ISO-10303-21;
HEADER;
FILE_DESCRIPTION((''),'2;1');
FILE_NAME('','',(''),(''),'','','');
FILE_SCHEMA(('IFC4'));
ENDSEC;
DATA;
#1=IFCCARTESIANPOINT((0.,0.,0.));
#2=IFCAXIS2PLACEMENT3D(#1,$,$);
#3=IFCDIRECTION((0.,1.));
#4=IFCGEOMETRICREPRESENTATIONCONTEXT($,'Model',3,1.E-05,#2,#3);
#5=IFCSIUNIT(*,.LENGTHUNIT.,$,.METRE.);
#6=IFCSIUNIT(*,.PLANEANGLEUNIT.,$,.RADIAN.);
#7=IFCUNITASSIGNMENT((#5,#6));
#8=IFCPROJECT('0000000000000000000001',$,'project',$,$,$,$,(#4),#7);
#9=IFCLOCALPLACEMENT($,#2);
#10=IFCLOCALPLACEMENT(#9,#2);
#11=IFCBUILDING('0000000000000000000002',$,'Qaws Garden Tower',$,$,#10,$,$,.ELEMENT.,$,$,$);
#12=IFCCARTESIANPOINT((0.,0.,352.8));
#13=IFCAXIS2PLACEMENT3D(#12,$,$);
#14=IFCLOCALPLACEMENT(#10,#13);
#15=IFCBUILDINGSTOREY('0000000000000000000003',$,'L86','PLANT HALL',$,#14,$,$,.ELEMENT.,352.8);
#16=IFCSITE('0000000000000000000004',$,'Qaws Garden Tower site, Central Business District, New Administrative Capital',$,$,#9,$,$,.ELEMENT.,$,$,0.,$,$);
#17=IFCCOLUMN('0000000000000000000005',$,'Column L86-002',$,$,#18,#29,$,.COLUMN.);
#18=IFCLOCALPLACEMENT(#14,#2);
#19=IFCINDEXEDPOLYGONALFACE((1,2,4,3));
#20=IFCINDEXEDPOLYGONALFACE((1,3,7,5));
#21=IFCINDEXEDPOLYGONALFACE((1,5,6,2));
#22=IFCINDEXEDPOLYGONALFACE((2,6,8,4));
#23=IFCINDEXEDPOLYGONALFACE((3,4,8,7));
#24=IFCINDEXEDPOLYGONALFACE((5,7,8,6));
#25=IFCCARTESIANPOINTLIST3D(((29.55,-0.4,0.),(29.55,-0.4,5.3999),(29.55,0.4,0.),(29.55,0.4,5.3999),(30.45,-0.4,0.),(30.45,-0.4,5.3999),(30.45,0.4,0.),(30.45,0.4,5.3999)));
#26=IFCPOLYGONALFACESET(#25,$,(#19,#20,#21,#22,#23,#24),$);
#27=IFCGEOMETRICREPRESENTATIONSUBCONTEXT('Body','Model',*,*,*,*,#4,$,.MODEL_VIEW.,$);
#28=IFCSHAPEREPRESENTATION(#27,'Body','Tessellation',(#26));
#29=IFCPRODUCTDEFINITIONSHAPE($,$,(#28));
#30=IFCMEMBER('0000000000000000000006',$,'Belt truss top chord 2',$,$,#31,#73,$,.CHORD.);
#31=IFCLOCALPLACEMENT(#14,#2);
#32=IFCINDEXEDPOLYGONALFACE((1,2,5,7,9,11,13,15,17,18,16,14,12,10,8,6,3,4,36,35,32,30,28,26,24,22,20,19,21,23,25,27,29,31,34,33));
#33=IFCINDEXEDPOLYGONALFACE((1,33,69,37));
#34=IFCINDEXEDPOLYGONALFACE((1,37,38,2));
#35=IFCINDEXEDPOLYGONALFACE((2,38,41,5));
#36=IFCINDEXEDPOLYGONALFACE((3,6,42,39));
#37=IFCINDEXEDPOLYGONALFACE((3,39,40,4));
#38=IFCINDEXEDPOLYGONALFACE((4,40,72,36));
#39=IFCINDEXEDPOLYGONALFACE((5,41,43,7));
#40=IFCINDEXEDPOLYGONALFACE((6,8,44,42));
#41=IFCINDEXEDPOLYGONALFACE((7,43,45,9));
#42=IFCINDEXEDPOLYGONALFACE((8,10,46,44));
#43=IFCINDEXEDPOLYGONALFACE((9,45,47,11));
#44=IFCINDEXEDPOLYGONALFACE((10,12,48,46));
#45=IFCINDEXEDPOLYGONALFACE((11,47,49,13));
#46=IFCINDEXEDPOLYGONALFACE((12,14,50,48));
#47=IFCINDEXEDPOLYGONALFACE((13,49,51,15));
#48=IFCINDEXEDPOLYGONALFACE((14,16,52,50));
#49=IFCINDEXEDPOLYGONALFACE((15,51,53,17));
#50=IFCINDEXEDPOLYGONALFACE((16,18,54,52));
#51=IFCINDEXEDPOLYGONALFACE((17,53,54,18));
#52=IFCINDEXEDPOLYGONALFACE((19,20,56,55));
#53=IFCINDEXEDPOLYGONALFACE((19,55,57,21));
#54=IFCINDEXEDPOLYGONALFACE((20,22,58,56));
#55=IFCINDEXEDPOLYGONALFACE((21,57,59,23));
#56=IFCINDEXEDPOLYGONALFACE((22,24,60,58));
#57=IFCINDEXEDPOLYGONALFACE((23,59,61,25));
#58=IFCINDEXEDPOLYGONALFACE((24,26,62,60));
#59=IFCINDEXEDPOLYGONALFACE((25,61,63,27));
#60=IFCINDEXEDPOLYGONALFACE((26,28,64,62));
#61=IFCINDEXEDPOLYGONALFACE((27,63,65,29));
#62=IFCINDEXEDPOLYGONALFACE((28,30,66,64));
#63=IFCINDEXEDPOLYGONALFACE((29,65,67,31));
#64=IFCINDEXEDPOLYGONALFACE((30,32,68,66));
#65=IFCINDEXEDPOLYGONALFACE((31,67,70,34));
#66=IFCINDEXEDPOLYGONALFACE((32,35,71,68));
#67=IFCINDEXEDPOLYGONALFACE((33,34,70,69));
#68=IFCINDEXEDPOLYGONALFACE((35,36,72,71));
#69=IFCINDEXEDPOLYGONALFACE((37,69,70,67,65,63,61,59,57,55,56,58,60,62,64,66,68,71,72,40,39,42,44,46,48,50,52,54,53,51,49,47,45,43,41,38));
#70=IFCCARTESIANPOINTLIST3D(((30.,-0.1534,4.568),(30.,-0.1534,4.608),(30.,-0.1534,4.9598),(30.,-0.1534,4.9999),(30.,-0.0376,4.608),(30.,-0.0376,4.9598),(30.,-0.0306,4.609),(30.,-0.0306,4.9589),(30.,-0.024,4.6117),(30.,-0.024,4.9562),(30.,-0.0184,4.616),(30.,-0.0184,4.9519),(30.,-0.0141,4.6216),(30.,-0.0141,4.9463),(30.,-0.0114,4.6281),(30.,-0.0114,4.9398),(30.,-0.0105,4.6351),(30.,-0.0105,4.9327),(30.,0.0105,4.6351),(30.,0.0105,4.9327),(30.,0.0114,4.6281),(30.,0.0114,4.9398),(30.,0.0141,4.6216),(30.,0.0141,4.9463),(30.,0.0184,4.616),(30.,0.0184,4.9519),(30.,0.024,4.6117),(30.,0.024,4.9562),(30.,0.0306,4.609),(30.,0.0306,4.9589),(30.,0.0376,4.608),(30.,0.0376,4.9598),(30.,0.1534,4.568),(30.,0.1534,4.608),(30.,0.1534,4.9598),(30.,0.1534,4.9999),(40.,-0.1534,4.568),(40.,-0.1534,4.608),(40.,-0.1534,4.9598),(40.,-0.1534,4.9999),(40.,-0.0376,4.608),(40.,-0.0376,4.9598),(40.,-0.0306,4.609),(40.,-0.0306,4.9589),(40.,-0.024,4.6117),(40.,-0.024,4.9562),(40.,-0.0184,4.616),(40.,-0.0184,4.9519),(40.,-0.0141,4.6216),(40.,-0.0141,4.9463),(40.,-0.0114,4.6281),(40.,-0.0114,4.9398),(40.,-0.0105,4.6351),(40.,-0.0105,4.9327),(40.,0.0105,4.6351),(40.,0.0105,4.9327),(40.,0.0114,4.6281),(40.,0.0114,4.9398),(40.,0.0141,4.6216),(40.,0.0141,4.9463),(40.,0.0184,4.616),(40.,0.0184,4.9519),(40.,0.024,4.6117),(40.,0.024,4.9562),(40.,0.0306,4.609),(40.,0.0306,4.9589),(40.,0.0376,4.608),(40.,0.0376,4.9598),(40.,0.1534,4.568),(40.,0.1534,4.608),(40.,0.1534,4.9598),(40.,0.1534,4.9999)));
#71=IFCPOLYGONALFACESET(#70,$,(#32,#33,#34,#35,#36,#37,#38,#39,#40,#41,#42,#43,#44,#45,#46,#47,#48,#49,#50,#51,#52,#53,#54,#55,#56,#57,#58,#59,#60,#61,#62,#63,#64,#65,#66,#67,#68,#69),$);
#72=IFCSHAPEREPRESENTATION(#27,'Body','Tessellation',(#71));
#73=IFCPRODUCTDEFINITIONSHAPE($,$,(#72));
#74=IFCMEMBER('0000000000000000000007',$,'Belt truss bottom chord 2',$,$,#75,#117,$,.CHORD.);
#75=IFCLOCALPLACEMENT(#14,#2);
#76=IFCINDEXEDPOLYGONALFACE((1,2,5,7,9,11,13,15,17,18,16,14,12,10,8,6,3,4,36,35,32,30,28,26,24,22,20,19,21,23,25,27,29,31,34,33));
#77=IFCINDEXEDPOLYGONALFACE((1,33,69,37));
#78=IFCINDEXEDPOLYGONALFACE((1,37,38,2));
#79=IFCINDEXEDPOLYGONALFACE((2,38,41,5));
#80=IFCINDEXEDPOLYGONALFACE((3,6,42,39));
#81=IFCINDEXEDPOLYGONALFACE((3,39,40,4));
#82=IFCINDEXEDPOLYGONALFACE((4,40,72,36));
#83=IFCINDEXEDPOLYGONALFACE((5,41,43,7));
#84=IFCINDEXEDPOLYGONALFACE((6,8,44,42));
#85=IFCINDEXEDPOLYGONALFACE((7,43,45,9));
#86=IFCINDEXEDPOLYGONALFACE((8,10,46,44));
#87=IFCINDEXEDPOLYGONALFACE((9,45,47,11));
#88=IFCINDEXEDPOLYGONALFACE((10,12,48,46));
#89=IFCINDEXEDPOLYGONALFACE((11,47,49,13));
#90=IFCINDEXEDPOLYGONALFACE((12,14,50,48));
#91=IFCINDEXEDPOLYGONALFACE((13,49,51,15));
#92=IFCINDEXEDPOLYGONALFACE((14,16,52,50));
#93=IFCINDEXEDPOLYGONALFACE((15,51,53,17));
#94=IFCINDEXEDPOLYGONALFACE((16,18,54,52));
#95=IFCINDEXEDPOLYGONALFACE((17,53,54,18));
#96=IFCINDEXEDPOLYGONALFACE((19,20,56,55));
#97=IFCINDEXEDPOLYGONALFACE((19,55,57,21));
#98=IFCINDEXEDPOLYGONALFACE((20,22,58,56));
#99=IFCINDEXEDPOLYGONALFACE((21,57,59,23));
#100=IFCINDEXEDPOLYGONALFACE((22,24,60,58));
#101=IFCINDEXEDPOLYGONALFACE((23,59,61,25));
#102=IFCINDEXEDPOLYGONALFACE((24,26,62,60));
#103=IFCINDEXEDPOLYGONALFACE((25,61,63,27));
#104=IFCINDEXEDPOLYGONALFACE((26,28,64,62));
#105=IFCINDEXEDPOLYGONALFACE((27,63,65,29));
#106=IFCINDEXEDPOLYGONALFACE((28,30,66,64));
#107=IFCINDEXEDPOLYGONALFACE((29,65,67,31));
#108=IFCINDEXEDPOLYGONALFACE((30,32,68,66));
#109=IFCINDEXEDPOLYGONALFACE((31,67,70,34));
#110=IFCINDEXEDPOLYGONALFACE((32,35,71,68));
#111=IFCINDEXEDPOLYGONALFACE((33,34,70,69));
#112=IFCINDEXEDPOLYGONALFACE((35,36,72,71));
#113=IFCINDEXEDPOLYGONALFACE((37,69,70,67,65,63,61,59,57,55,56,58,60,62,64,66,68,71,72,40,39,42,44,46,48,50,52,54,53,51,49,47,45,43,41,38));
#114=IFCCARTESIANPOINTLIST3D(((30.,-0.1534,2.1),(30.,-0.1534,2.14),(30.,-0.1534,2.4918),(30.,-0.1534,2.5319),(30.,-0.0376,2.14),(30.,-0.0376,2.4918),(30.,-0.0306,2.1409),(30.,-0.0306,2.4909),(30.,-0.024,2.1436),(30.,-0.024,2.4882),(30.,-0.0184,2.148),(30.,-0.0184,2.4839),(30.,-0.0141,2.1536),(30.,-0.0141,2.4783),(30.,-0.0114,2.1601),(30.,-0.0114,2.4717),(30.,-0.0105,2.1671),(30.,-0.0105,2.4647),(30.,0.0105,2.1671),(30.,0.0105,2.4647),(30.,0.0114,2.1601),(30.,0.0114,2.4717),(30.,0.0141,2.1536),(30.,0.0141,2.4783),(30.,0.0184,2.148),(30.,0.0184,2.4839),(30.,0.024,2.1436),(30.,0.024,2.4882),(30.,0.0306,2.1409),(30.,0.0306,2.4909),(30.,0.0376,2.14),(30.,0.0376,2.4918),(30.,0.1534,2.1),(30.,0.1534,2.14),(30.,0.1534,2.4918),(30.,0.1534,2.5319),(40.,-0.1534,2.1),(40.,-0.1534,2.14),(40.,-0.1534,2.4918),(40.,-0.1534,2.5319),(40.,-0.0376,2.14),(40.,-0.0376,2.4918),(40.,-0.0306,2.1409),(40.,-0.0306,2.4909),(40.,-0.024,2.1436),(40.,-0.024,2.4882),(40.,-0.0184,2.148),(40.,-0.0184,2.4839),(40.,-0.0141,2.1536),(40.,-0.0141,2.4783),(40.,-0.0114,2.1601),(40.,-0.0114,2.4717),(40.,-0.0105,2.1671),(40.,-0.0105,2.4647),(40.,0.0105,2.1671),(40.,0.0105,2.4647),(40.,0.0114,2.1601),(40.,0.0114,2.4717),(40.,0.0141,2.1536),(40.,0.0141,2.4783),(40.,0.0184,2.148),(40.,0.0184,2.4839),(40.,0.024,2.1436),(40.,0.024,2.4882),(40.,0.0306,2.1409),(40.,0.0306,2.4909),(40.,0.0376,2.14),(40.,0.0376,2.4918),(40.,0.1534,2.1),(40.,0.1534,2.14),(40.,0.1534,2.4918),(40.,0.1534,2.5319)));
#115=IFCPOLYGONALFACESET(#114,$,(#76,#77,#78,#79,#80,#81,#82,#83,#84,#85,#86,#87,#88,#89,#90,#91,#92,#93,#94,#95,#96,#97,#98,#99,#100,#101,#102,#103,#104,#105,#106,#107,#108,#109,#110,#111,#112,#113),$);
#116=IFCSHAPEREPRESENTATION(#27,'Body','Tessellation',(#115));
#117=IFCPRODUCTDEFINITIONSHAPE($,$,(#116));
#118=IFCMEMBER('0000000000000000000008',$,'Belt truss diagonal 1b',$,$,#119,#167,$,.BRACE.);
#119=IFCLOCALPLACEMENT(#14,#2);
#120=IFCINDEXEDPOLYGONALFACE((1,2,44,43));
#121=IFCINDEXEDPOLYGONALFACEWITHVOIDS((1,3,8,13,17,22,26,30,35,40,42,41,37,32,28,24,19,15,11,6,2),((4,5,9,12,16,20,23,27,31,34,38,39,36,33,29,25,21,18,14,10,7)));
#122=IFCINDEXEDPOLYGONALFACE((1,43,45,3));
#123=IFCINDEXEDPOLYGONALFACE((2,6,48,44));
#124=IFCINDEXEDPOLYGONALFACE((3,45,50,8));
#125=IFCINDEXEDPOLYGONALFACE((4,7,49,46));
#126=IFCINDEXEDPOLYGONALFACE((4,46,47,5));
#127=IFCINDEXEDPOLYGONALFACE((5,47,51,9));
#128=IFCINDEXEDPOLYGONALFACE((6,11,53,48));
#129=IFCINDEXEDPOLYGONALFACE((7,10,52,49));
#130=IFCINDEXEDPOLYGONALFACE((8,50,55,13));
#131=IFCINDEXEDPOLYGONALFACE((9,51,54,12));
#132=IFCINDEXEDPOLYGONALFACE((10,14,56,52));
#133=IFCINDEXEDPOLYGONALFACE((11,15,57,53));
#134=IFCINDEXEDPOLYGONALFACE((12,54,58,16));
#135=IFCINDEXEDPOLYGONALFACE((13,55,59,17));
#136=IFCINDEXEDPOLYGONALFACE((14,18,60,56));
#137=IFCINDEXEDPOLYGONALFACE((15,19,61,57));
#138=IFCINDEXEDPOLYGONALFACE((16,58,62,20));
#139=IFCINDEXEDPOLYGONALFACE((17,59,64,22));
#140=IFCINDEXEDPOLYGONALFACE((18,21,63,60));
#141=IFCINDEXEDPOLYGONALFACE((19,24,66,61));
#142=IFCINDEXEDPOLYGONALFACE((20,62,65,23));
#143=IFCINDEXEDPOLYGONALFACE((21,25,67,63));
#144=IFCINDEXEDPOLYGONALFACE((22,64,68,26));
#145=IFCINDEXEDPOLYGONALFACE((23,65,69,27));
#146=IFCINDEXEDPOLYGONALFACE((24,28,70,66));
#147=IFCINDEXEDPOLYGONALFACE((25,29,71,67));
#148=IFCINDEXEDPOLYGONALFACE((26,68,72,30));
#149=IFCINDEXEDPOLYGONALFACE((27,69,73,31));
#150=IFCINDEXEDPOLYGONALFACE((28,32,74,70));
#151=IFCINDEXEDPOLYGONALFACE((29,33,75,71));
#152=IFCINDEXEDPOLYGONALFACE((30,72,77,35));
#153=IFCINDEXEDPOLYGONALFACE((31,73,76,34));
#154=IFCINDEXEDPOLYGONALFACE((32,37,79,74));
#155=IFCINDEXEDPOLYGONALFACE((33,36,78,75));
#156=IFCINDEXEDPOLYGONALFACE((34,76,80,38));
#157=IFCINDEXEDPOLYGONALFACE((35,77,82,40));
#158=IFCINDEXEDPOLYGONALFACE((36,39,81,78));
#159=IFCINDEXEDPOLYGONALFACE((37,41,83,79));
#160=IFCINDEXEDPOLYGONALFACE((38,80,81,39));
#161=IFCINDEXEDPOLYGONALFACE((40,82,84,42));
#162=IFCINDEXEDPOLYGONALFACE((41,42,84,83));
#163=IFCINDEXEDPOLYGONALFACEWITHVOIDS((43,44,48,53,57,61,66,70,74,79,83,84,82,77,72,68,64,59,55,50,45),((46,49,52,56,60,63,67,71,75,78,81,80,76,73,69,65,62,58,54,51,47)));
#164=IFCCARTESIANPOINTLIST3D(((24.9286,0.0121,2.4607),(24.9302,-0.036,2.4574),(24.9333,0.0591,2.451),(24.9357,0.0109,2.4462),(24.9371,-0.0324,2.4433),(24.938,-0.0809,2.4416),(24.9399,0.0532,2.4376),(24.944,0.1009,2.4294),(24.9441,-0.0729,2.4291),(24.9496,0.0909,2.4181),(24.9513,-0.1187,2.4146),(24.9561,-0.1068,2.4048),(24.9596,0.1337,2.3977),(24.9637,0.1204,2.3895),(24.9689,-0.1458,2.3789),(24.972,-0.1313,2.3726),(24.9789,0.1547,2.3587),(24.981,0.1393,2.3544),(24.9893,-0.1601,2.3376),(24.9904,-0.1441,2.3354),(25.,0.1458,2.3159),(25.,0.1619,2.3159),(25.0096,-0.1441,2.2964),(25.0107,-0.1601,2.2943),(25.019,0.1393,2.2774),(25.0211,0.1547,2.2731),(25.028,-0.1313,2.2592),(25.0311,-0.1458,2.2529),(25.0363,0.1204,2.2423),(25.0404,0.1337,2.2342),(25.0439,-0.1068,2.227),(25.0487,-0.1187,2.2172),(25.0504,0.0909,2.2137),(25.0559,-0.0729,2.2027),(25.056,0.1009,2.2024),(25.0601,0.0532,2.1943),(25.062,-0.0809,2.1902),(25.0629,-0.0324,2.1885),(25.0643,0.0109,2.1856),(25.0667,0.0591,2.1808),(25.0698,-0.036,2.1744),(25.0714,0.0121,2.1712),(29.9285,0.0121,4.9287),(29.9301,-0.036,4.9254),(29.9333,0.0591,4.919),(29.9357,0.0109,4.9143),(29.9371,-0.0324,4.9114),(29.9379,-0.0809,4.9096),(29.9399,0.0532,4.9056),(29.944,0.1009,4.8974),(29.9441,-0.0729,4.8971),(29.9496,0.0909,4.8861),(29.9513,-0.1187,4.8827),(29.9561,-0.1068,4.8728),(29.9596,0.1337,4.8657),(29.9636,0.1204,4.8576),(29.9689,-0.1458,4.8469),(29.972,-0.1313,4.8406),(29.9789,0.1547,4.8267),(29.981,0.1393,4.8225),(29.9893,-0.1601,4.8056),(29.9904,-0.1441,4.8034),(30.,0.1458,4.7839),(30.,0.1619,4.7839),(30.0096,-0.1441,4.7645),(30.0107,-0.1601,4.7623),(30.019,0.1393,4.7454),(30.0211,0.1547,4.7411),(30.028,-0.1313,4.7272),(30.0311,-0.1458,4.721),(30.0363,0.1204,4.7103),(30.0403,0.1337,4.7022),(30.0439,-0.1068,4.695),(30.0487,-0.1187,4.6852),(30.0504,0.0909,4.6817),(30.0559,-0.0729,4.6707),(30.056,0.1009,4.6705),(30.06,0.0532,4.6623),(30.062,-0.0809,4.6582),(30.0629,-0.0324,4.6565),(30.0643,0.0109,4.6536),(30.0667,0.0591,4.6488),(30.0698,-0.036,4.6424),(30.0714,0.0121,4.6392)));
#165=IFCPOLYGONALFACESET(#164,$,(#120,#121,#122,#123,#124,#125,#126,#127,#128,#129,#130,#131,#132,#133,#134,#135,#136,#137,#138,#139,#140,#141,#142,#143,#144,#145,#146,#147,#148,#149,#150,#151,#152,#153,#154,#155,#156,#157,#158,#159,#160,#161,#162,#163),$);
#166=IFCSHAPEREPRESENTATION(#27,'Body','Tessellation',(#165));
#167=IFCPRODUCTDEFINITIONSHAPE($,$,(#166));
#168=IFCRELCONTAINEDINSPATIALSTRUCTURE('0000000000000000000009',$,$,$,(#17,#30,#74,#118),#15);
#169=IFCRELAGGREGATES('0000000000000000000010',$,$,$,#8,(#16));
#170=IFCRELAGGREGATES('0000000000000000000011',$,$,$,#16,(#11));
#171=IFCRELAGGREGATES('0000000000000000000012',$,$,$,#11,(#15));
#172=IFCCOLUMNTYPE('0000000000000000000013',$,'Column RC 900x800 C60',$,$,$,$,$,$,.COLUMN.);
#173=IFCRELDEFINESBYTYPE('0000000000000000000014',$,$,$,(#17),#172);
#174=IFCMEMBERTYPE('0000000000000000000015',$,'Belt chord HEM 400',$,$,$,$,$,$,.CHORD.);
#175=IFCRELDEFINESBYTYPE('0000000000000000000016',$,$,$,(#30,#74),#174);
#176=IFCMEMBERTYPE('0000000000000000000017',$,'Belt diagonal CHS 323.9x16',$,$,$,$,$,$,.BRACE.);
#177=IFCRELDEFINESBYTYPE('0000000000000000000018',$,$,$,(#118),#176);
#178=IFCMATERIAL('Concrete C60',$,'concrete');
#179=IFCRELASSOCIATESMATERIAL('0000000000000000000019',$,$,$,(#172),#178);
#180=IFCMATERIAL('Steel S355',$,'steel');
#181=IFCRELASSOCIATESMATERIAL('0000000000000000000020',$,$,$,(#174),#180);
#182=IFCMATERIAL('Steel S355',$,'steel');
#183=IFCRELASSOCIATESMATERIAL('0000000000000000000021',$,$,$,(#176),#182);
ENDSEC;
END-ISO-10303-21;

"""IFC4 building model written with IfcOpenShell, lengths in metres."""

from ifc_helpers import new_model, si_unit, direction, frame, origin, origin_2d, place, context, subcontext, project, spatial, rectangle, hollow_circle, i_section, extrude, material, material_profile, profile_set, type_object, element, save


model = new_model("IFC4")

# Units and contexts
model_context = context("Model", 3, precision=1e-05, world=origin(), true_north=direction((0.0, 1.0)))
body_context = subcontext(model_context, "Body", "Model", "MODEL_VIEW")
ifc_project = project(units=[si_unit("LENGTHUNIT", "METRE"), si_unit("PLANEANGLEUNIT", "RADIAN")], contexts=[model_context])

# Site, building, storey
site_placement = place(None, origin())
site = spatial("IfcSite", under=ifc_project, at=site_placement, Name="Qaws Garden Tower site, Central Business District, New Administrative Capital", CompositionType="ELEMENT", RefElevation=0.0)
building_placement = place(site_placement, origin())
building = spatial("IfcBuilding", under=site, at=building_placement, Name="Qaws Garden Tower", CompositionType="ELEMENT")
storey_placement = place(building_placement, frame((0.0, 0.0, 352.8)))
storey = spatial("IfcBuildingStorey", under=building, at=storey_placement, Name="L86", Description="PLANT HALL", CompositionType="ELEMENT", Elevation=352.8)

# Column
ifc_material_1 = material(Name="Concrete C60", Category="concrete")
ifc_material_profile_1 = material_profile(ifc_material_1, rectangle(XDim=0.8999, YDim=0.8, at=origin_2d()), Name="RC 900x800")
ifc_profile_set_1 = profile_set([ifc_material_profile_1], Name="Concrete C60")
column_type = type_object("IfcColumnType", Name="Column RC 900x800 C60", PredefinedType="COLUMN", material=ifc_profile_set_1)
column_placement = place(storey_placement, frame((30.0, 0.0, 0.0), z_axis=(0.0, 0.0, 1.0), x_axis=(1.0, 0.0, 0.0)))
element("IfcColumn", 1, at=column_placement, inside=storey, type_object=column_type, Name="Column L86-002", PredefinedType="COLUMN", context=body_context, shape_type="SweptSolid", body=[
    extrude(rectangle(XDim=0.8999, YDim=0.8, at=origin_2d()), origin(), (0.0, 0.0, 1.0), 5.3999),
])

# Members
ifc_material_2 = material(Name="Steel S355", Category="steel")
ifc_material_profile_2 = material_profile(ifc_material_2, i_section(OverallWidth=0.3069, OverallDepth=0.4319, WebThickness=0.021, FlangeThickness=0.04, FilletRadius=0.0271, at=origin_2d()), Name="HEM 400")
ifc_profile_set_2 = profile_set([ifc_material_profile_2], Name="Steel S355")
member_type_1 = type_object("IfcMemberType", Name="Belt chord HEM 400", PredefinedType="CHORD", material=ifc_profile_set_2)
for number, where, z_axis, x_axis, name in (
    (2, (30.0, 0.0, 4.7839), (1.0, 0.0, 0.0), (0.0, 1.0, 0.0), "Belt truss top chord 2"),
    (3, (30.0, 0.0, 2.3159), (1.0, 0.0, 0.0), (0.0, 1.0, 0.0), "Belt truss bottom chord 2"),
):
    element("IfcMember", number, at=place(storey_placement, frame(where, z_axis=z_axis, x_axis=x_axis)), inside=storey, type_object=member_type_1, Name=name, PredefinedType="CHORD", context=body_context, shape_type="SweptSolid", body=[
        extrude(i_section(OverallWidth=0.3069, OverallDepth=0.4319, WebThickness=0.021, FlangeThickness=0.04, FilletRadius=0.0271, at=origin_2d()), origin(), (0.0, 0.0, 1.0), 10.0),
    ])
ifc_material_3 = material(Name="Steel S355", Category="steel")
ifc_material_profile_3 = material_profile(ifc_material_3, hollow_circle(Radius=0.1619, WallThickness=0.0161, at=origin_2d()), Name="CHS 323.9x16")
ifc_profile_set_3 = profile_set([ifc_material_profile_3], Name="Steel S355")
member_type_2 = type_object("IfcMemberType", Name="Belt diagonal CHS 323.9x16", PredefinedType="BRACE", material=ifc_profile_set_3)
for number, where, z_axis, x_axis, name in (
    (4, (25.0, 0.0, 2.3159), (0.89671, 0.0, 0.442619), (0.0, 1.0, 0.0), "Belt truss diagonal 1b"),
):
    element("IfcMember", number, at=place(storey_placement, frame(where, z_axis=z_axis, x_axis=x_axis)), inside=storey, type_object=member_type_2, Name=name, PredefinedType="BRACE", context=body_context, shape_type="SweptSolid", body=[
        extrude(hollow_circle(Radius=0.1619, WallThickness=0.0161, at=origin_2d()), origin(), (0.0, 0.0, 1.0), 5.5759),
    ])

save(model, "model.ifc")
